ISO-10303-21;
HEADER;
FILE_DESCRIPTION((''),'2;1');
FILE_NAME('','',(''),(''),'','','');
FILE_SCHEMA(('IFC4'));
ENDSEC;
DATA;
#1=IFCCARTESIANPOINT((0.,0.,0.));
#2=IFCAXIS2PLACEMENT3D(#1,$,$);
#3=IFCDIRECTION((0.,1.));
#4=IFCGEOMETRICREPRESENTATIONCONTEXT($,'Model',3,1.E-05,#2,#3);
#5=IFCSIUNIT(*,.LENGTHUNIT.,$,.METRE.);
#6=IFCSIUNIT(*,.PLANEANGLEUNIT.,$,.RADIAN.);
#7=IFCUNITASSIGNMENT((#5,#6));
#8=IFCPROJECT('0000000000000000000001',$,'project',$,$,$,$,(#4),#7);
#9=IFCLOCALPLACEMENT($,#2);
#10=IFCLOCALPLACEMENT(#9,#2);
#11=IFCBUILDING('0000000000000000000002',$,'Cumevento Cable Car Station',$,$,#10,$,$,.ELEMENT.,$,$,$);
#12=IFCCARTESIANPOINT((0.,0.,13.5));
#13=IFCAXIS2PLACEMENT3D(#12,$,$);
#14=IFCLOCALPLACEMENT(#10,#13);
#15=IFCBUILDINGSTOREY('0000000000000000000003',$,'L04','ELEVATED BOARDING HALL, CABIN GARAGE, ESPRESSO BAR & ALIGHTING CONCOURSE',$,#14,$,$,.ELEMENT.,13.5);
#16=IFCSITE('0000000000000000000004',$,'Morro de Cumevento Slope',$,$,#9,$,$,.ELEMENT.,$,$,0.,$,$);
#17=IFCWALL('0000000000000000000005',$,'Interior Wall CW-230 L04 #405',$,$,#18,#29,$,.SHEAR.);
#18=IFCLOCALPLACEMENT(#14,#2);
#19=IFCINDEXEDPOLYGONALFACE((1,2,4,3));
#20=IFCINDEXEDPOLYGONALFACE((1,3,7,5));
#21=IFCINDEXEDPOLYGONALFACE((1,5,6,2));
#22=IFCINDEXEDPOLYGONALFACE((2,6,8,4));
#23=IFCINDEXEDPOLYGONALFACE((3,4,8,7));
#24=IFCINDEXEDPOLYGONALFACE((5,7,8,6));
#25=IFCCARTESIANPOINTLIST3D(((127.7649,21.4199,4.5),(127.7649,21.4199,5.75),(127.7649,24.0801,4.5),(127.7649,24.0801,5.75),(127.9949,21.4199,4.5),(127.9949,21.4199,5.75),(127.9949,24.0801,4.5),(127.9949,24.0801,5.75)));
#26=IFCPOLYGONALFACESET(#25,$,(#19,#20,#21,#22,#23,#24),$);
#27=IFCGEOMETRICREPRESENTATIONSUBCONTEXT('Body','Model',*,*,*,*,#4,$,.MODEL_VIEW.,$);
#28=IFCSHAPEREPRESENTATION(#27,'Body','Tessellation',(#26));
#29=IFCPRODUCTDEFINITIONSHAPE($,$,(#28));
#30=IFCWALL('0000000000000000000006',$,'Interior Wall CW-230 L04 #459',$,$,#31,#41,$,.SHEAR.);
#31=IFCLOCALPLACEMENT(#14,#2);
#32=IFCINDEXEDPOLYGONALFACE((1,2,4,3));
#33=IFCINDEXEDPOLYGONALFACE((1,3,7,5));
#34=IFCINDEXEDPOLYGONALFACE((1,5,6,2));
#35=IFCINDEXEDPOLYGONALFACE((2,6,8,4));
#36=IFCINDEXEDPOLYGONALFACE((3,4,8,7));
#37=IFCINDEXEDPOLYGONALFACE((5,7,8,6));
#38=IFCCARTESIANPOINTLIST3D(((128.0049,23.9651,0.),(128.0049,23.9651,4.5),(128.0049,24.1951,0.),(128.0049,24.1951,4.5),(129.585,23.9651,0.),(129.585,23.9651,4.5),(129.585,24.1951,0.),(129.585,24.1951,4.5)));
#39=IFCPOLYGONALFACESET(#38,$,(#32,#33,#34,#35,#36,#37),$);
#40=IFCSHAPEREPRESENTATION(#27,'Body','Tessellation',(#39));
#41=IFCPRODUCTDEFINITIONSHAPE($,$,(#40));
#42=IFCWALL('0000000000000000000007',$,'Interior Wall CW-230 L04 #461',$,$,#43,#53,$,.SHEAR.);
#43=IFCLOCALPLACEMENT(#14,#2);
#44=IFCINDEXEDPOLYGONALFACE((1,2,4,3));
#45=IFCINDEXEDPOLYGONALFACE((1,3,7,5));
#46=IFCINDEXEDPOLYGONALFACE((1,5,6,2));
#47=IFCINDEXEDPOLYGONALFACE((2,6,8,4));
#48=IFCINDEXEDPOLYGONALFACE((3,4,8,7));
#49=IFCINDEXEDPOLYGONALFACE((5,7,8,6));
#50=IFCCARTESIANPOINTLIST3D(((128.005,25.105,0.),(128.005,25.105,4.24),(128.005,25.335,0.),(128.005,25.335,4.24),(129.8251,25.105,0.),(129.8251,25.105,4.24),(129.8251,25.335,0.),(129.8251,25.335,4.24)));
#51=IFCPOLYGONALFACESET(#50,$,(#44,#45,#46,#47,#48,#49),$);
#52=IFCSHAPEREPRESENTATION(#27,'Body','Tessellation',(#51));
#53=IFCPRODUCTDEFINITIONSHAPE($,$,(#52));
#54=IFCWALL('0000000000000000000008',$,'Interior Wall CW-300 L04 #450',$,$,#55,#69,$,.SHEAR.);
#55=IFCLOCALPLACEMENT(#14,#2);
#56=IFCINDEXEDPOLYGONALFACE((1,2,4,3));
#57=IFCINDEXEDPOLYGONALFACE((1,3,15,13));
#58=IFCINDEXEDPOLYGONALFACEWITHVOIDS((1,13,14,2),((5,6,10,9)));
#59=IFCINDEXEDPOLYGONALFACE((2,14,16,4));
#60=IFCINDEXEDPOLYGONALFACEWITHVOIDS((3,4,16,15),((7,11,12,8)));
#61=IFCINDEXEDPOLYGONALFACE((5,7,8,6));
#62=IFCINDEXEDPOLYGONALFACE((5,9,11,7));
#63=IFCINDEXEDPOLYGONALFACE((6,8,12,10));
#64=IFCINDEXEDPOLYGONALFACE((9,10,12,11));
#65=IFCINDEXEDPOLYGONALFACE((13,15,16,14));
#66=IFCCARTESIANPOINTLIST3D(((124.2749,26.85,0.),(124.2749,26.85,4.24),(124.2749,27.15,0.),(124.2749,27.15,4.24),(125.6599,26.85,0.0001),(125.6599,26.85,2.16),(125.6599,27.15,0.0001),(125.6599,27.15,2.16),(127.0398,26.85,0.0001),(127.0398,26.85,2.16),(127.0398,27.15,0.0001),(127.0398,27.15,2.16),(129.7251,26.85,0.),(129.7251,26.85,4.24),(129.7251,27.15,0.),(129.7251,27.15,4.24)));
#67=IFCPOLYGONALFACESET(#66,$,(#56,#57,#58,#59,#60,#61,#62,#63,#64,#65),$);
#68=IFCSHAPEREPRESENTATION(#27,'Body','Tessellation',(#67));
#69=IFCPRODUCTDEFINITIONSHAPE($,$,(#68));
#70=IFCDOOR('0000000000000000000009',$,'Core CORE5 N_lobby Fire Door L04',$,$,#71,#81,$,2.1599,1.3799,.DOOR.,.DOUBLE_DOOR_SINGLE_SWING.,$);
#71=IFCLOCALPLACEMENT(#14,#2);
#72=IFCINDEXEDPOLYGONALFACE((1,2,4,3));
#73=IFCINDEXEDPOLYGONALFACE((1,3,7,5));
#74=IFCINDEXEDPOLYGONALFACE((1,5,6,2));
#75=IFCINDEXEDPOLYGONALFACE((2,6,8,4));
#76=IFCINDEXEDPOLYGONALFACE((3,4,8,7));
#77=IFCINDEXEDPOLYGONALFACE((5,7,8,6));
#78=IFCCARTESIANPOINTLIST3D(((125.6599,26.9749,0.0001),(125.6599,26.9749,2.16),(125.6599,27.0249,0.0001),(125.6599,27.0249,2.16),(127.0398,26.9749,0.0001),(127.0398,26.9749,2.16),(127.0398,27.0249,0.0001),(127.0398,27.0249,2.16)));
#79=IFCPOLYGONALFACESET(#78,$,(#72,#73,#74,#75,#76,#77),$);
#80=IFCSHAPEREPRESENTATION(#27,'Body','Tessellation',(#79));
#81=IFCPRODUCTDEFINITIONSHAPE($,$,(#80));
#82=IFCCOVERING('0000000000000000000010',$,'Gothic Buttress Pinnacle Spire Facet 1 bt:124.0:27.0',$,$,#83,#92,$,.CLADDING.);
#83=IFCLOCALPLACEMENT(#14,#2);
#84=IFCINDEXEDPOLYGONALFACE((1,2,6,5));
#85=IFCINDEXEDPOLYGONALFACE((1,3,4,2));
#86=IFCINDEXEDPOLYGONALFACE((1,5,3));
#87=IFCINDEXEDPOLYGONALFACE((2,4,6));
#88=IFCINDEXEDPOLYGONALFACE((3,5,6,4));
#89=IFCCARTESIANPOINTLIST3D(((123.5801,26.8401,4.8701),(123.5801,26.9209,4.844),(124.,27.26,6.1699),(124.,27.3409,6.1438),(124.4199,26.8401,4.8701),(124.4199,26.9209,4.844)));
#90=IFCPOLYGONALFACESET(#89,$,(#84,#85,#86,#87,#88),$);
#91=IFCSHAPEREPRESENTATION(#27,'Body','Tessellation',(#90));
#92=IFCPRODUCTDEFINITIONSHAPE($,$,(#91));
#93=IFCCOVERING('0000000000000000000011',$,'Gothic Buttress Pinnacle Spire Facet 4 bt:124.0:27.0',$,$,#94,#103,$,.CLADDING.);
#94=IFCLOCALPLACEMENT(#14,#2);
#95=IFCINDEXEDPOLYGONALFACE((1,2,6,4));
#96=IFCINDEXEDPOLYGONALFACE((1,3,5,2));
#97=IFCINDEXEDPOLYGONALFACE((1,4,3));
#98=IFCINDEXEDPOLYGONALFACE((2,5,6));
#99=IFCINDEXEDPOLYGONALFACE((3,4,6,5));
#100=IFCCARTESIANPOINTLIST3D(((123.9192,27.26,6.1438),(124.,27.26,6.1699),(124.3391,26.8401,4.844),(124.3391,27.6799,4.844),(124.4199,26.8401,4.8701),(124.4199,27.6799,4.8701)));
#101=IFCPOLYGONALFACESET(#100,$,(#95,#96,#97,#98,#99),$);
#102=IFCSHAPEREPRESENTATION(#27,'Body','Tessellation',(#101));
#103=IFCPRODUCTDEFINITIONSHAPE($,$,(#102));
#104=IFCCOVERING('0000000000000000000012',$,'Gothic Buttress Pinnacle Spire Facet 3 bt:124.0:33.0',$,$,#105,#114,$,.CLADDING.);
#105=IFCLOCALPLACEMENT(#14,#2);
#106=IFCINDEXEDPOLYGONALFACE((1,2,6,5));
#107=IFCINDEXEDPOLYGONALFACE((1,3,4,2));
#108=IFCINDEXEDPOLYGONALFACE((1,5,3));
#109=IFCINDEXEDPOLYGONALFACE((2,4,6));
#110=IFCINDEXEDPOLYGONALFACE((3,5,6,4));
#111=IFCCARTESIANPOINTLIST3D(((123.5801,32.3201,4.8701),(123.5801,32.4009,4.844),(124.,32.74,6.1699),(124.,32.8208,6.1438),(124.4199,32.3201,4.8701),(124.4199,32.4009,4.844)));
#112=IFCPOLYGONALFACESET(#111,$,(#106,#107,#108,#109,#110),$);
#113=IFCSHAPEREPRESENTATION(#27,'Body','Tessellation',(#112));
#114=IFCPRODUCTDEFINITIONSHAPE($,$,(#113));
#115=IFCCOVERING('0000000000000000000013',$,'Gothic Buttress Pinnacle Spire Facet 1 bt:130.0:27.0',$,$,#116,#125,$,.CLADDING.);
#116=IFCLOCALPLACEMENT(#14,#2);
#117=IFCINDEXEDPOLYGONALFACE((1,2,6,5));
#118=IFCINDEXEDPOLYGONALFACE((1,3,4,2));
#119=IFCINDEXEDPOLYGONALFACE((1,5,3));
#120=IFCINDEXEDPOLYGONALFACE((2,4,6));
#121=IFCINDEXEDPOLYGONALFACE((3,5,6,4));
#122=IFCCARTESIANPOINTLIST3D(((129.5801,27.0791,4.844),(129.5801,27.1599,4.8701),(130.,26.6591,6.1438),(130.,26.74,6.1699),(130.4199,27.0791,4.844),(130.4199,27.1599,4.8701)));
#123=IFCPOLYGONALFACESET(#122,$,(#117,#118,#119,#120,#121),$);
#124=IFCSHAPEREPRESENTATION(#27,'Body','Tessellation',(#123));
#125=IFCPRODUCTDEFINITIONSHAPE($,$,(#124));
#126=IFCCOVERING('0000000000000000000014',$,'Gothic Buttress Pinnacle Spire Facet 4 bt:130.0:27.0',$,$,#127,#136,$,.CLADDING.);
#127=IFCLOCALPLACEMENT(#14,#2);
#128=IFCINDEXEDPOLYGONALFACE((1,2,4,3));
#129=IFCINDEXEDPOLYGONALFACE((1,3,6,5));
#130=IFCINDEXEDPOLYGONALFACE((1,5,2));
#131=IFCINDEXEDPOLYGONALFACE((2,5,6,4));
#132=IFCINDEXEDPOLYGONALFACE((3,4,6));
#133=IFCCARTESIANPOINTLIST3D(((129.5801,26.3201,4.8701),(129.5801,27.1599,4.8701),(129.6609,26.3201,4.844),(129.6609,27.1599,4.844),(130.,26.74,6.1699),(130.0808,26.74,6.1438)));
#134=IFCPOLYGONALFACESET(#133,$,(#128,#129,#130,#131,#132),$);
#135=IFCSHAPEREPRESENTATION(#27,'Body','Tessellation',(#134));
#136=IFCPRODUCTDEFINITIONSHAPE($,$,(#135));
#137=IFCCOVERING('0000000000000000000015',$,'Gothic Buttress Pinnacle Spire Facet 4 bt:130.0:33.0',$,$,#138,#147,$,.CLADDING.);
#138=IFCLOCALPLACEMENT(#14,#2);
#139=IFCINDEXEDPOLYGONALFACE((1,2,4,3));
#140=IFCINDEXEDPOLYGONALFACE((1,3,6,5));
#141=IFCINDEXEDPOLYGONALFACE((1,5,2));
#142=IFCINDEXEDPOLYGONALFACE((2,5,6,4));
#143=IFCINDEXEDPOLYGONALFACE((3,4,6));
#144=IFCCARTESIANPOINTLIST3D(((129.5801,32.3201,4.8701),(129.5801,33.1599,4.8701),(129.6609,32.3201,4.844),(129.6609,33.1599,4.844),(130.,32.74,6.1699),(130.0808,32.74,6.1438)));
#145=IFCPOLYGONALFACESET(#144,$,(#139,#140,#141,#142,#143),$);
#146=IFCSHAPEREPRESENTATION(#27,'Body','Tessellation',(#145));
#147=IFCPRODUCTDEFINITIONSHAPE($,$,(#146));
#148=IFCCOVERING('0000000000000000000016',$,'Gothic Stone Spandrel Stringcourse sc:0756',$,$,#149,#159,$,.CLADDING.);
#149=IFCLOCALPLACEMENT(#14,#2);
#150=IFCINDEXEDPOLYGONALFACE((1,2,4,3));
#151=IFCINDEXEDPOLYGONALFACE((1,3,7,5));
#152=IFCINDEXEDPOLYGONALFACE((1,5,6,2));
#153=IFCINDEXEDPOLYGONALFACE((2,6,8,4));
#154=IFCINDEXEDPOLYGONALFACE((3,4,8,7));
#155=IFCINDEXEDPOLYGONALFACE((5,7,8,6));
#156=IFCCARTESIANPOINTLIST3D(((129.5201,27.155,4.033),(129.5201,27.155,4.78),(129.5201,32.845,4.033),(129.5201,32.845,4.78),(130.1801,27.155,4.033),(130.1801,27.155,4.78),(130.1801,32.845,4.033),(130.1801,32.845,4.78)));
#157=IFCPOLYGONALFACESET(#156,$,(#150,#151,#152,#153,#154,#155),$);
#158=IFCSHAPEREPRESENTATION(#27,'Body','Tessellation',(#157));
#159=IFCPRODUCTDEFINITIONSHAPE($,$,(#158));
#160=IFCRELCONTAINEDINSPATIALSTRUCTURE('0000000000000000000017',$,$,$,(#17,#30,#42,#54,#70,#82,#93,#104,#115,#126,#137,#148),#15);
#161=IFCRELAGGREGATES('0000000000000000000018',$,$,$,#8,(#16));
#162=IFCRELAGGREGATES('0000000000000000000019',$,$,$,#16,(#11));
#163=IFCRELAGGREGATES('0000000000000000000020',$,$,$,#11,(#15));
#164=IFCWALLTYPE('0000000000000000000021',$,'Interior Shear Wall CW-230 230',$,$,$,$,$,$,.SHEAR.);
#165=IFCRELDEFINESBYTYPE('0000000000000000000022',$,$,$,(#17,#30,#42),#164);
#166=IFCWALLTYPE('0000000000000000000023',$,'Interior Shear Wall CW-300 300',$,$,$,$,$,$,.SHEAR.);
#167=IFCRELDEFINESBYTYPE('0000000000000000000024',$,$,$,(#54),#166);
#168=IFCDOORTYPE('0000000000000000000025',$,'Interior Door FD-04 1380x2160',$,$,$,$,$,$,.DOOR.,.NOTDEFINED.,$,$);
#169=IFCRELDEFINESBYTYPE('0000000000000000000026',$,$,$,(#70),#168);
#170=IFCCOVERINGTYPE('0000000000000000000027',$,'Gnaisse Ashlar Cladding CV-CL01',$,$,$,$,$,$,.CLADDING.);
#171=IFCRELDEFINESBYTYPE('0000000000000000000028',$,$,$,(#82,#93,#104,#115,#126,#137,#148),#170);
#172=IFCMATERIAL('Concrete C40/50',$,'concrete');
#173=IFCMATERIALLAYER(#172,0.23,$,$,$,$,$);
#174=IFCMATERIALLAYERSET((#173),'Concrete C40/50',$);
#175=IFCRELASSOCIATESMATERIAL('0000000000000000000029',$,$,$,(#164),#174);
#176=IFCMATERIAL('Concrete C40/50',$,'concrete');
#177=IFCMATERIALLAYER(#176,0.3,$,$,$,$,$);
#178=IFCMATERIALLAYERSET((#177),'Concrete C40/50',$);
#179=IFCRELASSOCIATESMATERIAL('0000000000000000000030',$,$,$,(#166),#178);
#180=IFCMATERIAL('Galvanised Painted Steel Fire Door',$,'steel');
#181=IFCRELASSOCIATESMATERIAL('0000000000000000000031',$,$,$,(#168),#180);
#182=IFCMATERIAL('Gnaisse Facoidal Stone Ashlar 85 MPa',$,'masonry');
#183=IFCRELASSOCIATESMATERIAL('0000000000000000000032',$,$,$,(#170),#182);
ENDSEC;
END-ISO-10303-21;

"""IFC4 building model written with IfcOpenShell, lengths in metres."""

from ifc_helpers import new_model, si_unit, direction, frame, frame_2d, origin, origin_2d, place, context, subcontext, project, spatial, polyline, rectangle, outline, extrude, material, layer, layer_set, type_object, element, fill, save


model = new_model("IFC4")

# Units and contexts
model_context = context("Model", 3, precision=1e-05, world=origin(), true_north=direction((0.0, 1.0)))
body_context = subcontext(model_context, "Body", "Model", "MODEL_VIEW")
ifc_project = project(units=[si_unit("LENGTHUNIT", "METRE"), si_unit("PLANEANGLEUNIT", "RADIAN")], contexts=[model_context])

# Site, building, storey
site_placement = place(None, origin())
site = spatial("IfcSite", under=ifc_project, at=site_placement, Name="Morro de Cumevento Slope", CompositionType="ELEMENT", RefElevation=0.0)
building_placement = place(site_placement, origin())
building = spatial("IfcBuilding", under=site, at=building_placement, Name="Cumevento Cable Car Station", CompositionType="ELEMENT")
storey_placement = place(building_placement, frame((0.0, 0.0, 13.5)))
storey = spatial("IfcBuildingStorey", under=building, at=storey_placement, Name="L04", Description="ELEVATED BOARDING HALL, CABIN GARAGE, ESPRESSO BAR & ALIGHTING CONCOURSE", CompositionType="ELEMENT", Elevation=13.5)

# Walls
ifc_material_1 = material(Name="Concrete C40/50", Category="concrete")
ifc_layer_1 = layer(ifc_material_1, 0.23)
ifc_layer_set_1 = layer_set([ifc_layer_1], Name="Concrete C40/50")
wall_type_1 = type_object("IfcWallType", Name="Interior Shear Wall CW-230 230", PredefinedType="SHEAR", material=ifc_layer_set_1)
wall_1_placement = place(storey_placement, frame((127.8799, 24.0801, 4.5), z_axis=(0.0, 0.0, 1.0), x_axis=(0.0, -1.0, 0.0)))
element("IfcWall", 1, at=wall_1_placement, inside=storey, type_object=wall_type_1, Name="Interior Wall CW-230 L04 #405", PredefinedType="SHEAR", context=body_context, shape_type="SweptSolid", body=[
    extrude(rectangle(XDim=2.6602, YDim=0.23, at=frame_2d((1.3301, 0.0))), origin(), (0.0, 0.0, 1.0), 1.25),
])
wall_2_placement = place(storey_placement, frame((128.0049, 24.0801, 0.0), z_axis=(0.0, 0.0, 1.0), x_axis=(1.0, 0.0, 0.0)))
element("IfcWall", 2, at=wall_2_placement, inside=storey, type_object=wall_type_1, Name="Interior Wall CW-230 L04 #459", PredefinedType="SHEAR", context=body_context, shape_type="SweptSolid", body=[
    extrude(rectangle(XDim=1.5801, YDim=0.23, at=frame_2d((0.79, 0.0))), origin(), (0.0, 0.0, 1.0), 4.5),
])
wall_3_placement = place(storey_placement, frame((128.0049, 25.22, 0.0), z_axis=(0.0, 0.0, 1.0), x_axis=(1.0, 0.0, 0.0)))
element("IfcWall", 3, at=wall_3_placement, inside=storey, type_object=wall_type_1, Name="Interior Wall CW-230 L04 #461", PredefinedType="SHEAR", context=body_context, shape_type="SweptSolid", body=[
    extrude(rectangle(XDim=1.8201, YDim=0.23, at=frame_2d((0.9102, 0.0))), origin(), (0.0, 0.0, 1.0), 4.24),
])

# Wall, opening, door
ifc_material_2 = material(Name="Concrete C40/50", Category="concrete")
ifc_layer_2 = layer(ifc_material_2, 0.3)
ifc_layer_set_2 = layer_set([ifc_layer_2], Name="Concrete C40/50")
wall_type_2 = type_object("IfcWallType", Name="Interior Shear Wall CW-300 300", PredefinedType="SHEAR", material=ifc_layer_set_2)
wall_4_placement = place(storey_placement, frame((124.2749, 27.0, 0.0), z_axis=(0.0, 0.0, 1.0), x_axis=(1.0, 0.0, 0.0)))
wall_4 = element("IfcWall", 4, at=wall_4_placement, inside=storey, type_object=wall_type_2, Name="Interior Wall CW-300 L04 #450", PredefinedType="SHEAR", context=body_context, shape_type="SweptSolid", body=[
    extrude(rectangle(XDim=5.4502, YDim=0.3, at=frame_2d((2.7251, 0.0))), origin(), (0.0, 0.0, 1.0), 4.24),
])
opening_1_placement = place(wall_4_placement, frame((1.385, 0.0, 0.0)))
opening_1 = element("IfcOpeningElement", 5, at=opening_1_placement, cuts=wall_4, PredefinedType="OPENING", context=body_context, shape_type="SweptSolid", body=[
    extrude(rectangle(XDim=1.3799, YDim=2.1599, at=frame_2d((0.6899, 1.0801))), frame((0.0, 0.1599, 0.0), z_axis=(0.0, -1.0, 0.0), x_axis=(1.0, 0.0, 0.0)), (0.0, 0.0, 1.0), 0.3201),
])
ifc_material_3 = material(Name="Galvanised Painted Steel Fire Door", Category="steel")
door_type_1 = type_object("IfcDoorType", Name="Interior Door FD-04 1380x2160", OperationType="NOTDEFINED", PredefinedType="DOOR", material=ifc_material_3)
door_1_placement = place(opening_1_placement, origin())
door_1 = element("IfcDoor", 6, at=door_1_placement, inside=storey, type_object=door_type_1, Name="Core CORE5 N_lobby Fire Door L04", OperationType="DOUBLE_DOOR_SINGLE_SWING", OverallHeight=2.1599, OverallWidth=1.3799, PredefinedType="DOOR", context=body_context, shape_type="SweptSolid", body=[
    extrude(rectangle(XDim=1.3799, YDim=2.1599, at=frame_2d((0.6899, 1.0801))), frame((0.0, 0.0249, 0.0), z_axis=(0.0, -1.0, 0.0), x_axis=(1.0, 0.0, 0.0)), (0.0, 0.0, 1.0), 0.05),
])
fill(opening_1, door_1)

# Coverings
ifc_material_4 = material(Name="Gnaisse Facoidal Stone Ashlar 85 MPa", Category="masonry")
covering_type = type_object("IfcCoveringType", Name="Gnaisse Ashlar Cladding CV-CL01", PredefinedType="CLADDING", material=ifc_material_4)
for number, where, z_axis, x_axis, name in (
    (7, (124.4199, 26.8401, 4.8701), (0.0, -0.951574, 0.307421), (-1.0, 0.0, 0.0), "Gothic Buttress Pinnacle Spire Facet 1 bt:124.0:27.0"),
    (8, (124.4199, 27.6799, 4.8701), (0.951574, 0.0, 0.307421), (0.0, -1.0, 0.0), "Gothic Buttress Pinnacle Spire Facet 4 bt:124.0:27.0"),
    (9, (124.4199, 32.3201, 4.8701), (0.0, -0.951574, 0.307421), (-1.0, 0.0, 0.0), "Gothic Buttress Pinnacle Spire Facet 3 bt:124.0:33.0"),
    (10, (129.5801, 27.1599, 4.8701), (0.0, 0.951574, 0.307421), (1.0, 0.0, 0.0), "Gothic Buttress Pinnacle Spire Facet 1 bt:130.0:27.0"),
    (11, (129.5801, 26.3201, 4.8701), (-0.951574, 0.0, 0.307421), (0.0, 1.0, 0.0), "Gothic Buttress Pinnacle Spire Facet 4 bt:130.0:27.0"),
    (12, (129.5801, 32.3201, 4.8701), (-0.951574, 0.0, 0.307421), (0.0, 1.0, 0.0), "Gothic Buttress Pinnacle Spire Facet 4 bt:130.0:33.0"),
):
    element("IfcCovering", number, at=place(storey_placement, frame(where, z_axis=z_axis, x_axis=x_axis)), inside=storey, type_object=covering_type, Name=name, PredefinedType="CLADDING", context=body_context, shape_type="SweptSolid", body=[
        extrude(outline(polyline([(0.0, 0.0), (0.8398, 0.0), (0.4199, -1.366), (0.0, 0.0)])), origin(), (0.0, 0.0, -1.0), 0.085),
    ])
covering_1_placement = place(storey_placement, frame((129.8501, 30.0, 4.033), z_axis=(0.0, 0.0, 1.0), x_axis=(0.0, -1.0, 0.0)))
element("IfcCovering", 13, at=covering_1_placement, inside=storey, type_object=covering_type, Name="Gothic Stone Spandrel Stringcourse sc:0756", PredefinedType="CLADDING", context=body_context, shape_type="SweptSolid", body=[
    extrude(rectangle(XDim=5.6899, YDim=0.6599, at=origin_2d()), origin(), (0.0, 0.0, 1.0), 0.7471),
])

save(model, "model.ifc")
